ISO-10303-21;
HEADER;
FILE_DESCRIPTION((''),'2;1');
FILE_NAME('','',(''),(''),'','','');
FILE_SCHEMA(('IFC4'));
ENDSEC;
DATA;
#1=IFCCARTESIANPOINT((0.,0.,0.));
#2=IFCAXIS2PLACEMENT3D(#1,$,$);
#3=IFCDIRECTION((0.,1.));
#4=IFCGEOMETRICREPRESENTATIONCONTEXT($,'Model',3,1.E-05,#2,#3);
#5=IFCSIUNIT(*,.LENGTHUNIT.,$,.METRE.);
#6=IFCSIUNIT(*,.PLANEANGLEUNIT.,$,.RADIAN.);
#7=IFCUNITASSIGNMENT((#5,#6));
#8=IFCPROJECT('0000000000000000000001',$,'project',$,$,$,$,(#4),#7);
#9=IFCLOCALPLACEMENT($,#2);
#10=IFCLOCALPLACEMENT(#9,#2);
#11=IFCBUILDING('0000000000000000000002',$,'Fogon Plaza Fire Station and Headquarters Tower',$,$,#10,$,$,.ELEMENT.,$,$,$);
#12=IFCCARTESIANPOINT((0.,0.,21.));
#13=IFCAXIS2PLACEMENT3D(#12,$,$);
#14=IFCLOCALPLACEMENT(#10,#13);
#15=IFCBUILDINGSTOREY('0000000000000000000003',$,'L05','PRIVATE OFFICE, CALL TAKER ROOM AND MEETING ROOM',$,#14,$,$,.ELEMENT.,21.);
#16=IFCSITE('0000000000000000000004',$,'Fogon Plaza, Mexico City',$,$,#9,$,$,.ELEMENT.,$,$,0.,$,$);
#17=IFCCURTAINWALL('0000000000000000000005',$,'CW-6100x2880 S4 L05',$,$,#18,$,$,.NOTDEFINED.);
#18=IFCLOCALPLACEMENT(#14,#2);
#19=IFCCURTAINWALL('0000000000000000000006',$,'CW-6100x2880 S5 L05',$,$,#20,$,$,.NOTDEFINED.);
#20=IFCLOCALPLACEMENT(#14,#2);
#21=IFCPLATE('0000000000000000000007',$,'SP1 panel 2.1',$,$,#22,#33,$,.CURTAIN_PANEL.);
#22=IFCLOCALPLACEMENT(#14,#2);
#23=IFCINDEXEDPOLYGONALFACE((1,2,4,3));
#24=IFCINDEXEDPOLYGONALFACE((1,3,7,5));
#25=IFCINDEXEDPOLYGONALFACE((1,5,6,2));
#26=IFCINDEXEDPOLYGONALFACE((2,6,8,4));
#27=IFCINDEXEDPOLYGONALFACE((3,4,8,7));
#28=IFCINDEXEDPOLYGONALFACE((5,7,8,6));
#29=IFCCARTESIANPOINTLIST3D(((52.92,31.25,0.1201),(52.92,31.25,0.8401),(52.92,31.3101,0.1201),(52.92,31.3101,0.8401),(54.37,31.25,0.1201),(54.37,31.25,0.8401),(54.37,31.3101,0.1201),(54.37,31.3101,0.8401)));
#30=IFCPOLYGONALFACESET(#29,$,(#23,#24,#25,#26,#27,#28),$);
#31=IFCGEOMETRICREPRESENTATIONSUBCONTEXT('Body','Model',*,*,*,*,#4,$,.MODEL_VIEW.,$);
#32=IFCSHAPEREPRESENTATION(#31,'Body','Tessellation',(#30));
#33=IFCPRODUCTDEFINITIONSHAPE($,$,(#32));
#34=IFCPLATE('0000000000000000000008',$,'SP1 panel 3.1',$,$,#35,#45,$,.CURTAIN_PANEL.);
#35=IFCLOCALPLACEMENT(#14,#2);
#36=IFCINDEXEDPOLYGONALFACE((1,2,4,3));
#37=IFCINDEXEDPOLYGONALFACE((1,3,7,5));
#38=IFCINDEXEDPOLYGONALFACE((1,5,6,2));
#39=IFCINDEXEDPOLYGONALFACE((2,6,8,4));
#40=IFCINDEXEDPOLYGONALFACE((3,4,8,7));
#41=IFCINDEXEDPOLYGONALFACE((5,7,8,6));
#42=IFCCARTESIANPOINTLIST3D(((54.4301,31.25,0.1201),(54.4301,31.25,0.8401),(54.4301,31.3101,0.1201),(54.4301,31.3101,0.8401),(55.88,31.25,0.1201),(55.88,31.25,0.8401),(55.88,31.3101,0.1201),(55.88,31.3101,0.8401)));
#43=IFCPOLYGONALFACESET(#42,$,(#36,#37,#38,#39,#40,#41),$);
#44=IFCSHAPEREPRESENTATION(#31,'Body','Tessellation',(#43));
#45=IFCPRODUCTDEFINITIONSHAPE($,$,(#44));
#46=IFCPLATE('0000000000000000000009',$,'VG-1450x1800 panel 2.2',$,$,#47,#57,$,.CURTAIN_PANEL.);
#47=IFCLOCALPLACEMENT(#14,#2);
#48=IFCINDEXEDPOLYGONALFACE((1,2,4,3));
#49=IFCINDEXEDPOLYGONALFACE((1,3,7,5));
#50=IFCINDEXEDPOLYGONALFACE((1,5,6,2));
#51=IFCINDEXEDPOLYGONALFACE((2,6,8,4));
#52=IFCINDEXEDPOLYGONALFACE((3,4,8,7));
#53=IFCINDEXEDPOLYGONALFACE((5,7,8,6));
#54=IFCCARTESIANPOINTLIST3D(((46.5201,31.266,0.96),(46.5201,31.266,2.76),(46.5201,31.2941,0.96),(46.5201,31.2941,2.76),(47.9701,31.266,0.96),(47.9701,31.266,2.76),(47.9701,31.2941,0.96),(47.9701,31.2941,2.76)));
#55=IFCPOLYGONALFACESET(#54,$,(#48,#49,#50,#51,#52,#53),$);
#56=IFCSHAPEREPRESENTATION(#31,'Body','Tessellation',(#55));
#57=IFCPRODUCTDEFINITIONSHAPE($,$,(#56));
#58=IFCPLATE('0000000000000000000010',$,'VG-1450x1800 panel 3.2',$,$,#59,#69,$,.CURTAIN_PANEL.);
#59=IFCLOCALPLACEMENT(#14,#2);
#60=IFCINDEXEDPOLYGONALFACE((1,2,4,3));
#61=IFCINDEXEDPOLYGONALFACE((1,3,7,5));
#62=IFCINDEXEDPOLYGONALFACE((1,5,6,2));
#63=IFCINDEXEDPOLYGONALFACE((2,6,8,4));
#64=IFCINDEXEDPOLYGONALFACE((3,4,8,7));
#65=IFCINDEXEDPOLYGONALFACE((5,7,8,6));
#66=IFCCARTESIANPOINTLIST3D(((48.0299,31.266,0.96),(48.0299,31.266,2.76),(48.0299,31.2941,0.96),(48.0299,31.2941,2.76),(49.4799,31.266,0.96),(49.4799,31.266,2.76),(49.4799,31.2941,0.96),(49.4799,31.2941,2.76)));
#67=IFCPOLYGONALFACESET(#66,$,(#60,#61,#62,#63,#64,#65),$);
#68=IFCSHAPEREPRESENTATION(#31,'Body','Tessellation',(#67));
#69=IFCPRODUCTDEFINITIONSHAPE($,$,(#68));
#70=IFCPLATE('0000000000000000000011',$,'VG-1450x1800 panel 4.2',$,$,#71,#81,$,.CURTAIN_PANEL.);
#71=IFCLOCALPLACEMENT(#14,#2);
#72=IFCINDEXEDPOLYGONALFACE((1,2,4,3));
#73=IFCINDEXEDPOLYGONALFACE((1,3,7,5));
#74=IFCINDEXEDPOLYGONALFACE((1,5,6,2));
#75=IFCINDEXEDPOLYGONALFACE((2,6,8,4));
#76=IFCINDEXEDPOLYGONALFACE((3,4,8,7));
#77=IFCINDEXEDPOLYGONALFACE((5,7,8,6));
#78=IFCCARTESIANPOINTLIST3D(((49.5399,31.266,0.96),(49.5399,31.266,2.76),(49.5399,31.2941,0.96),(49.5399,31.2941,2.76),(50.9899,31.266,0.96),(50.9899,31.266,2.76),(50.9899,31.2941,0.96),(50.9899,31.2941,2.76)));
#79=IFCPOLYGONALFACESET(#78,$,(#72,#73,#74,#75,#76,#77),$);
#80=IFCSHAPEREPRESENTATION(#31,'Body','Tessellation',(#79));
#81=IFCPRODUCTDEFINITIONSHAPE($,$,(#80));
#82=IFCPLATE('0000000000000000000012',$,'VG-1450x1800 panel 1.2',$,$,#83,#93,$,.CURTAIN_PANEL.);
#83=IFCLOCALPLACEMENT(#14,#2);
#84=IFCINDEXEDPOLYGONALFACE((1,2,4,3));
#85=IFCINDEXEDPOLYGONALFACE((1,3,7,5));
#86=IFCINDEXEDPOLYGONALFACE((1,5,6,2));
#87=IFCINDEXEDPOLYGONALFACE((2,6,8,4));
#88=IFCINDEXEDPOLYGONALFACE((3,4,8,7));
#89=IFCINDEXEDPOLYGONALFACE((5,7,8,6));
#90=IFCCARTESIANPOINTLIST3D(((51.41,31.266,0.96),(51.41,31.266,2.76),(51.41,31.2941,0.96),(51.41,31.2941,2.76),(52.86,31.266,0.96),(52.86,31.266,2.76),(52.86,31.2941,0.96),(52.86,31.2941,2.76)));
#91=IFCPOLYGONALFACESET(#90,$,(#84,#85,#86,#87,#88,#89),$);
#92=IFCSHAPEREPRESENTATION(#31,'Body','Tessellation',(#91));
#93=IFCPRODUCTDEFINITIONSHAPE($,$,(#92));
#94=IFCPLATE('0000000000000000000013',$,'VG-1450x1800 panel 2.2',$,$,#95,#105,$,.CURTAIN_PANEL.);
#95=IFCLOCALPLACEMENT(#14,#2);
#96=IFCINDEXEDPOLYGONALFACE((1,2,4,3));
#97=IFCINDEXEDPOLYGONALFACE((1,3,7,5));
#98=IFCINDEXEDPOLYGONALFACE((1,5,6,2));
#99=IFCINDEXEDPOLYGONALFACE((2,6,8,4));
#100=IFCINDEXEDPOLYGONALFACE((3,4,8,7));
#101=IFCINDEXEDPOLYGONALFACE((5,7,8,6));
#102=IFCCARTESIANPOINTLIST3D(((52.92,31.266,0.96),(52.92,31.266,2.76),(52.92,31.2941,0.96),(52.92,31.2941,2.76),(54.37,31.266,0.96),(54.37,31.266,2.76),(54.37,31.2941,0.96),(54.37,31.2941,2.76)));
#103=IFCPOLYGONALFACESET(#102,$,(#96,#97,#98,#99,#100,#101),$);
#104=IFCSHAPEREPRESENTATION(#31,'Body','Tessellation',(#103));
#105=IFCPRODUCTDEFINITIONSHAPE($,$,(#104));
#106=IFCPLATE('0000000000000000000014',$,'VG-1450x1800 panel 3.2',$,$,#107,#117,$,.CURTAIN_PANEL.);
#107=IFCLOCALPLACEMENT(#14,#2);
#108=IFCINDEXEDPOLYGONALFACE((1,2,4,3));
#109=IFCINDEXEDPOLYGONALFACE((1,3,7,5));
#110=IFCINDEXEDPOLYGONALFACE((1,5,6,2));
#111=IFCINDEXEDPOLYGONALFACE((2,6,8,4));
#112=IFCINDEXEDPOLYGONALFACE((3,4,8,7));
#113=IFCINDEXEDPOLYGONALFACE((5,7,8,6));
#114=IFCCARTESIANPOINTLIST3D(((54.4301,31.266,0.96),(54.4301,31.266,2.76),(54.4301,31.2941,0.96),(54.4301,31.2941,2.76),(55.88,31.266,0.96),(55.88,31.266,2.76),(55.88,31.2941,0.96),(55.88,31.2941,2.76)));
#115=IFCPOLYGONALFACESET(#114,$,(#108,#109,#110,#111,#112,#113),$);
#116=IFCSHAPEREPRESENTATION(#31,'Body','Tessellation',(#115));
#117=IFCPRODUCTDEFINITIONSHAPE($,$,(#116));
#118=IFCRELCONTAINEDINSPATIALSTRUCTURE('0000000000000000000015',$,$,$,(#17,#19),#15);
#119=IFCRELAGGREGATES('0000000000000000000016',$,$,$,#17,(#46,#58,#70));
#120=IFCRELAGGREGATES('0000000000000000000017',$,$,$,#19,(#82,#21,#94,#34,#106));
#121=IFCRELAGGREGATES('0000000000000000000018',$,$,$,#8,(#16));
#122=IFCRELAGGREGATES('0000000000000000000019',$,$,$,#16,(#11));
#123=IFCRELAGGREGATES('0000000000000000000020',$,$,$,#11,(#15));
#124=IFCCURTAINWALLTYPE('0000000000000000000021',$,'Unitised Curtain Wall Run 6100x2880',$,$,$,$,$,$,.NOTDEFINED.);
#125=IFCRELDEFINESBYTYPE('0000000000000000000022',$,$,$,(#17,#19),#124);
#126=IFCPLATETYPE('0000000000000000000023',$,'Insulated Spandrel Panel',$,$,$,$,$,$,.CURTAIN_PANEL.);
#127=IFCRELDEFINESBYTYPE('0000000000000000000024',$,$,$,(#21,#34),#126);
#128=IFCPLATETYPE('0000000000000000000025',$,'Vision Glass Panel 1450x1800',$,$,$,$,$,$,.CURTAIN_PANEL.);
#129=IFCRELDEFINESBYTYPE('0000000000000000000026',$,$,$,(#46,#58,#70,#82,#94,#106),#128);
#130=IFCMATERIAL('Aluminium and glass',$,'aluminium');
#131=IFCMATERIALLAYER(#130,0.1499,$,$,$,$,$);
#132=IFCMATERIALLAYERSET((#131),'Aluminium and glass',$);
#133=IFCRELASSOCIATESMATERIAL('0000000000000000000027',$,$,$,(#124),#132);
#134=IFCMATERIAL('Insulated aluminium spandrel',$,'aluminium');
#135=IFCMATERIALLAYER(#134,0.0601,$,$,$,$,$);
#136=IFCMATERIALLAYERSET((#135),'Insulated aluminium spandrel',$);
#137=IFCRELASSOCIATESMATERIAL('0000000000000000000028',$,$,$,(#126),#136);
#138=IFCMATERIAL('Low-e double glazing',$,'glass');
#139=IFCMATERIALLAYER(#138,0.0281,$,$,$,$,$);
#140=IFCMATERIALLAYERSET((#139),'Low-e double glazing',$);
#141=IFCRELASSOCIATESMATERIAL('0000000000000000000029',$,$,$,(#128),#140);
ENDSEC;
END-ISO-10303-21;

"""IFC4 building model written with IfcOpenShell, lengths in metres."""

from ifc_helpers import new_model, si_unit, direction, frame, origin, origin_2d, place, context, subcontext, project, spatial, rectangle, extrude, material, layer, layer_set, type_object, element, aggregate, save


model = new_model("IFC4")

# Units and contexts
model_context = context("Model", 3, precision=1e-05, world=origin(), true_north=direction((0.0, 1.0)))
body_context = subcontext(model_context, "Body", "Model", "MODEL_VIEW")
ifc_project = project(units=[si_unit("LENGTHUNIT", "METRE"), si_unit("PLANEANGLEUNIT", "RADIAN")], contexts=[model_context])

# Site, building, storey
site_placement = place(None, origin())
site = spatial("IfcSite", under=ifc_project, at=site_placement, Name="Fogon Plaza, Mexico City", CompositionType="ELEMENT", RefElevation=0.0)
building_placement = place(site_placement, origin())
building = spatial("IfcBuilding", under=site, at=building_placement, Name="Fogon Plaza Fire Station and Headquarters Tower", CompositionType="ELEMENT")
storey_placement = place(building_placement, frame((0.0, 0.0, 21.0)))
storey = spatial("IfcBuildingStorey", under=building, at=storey_placement, Name="L05", Description="PRIVATE OFFICE, CALL TAKER ROOM AND MEETING ROOM", CompositionType="ELEMENT", Elevation=21.0)

# Curtain walls
ifc_material_1 = material(Name="Aluminium and glass", Category="aluminium")
ifc_layer_1 = layer(ifc_material_1, 0.1499)
ifc_layer_set_1 = layer_set([ifc_layer_1], Name="Aluminium and glass")
curtain_wall_type = type_object("IfcCurtainWallType", Name="Unitised Curtain Wall Run 6100x2880", PredefinedType="NOTDEFINED", material=ifc_layer_set_1)
curtain_wall_1_placement = place(storey_placement, origin())
curtain_wall_1 = element("IfcCurtainWall", 1, at=curtain_wall_1_placement, inside=storey, type_object=curtain_wall_type, Name="CW-6100x2880 S4 L05", PredefinedType="NOTDEFINED")
curtain_wall_2_placement = place(storey_placement, origin())
curtain_wall_2 = element("IfcCurtainWall", 2, at=curtain_wall_2_placement, inside=storey, type_object=curtain_wall_type, Name="CW-6100x2880 S5 L05", PredefinedType="NOTDEFINED")

# Plates
ifc_material_2 = material(Name="Insulated aluminium spandrel", Category="aluminium")
ifc_layer_2 = layer(ifc_material_2, 0.0601)
ifc_layer_set_2 = layer_set([ifc_layer_2], Name="Insulated aluminium spandrel")
plate_type_1 = type_object("IfcPlateType", Name="Insulated Spandrel Panel", PredefinedType="CURTAIN_PANEL", material=ifc_layer_set_2)
plate_1_placement = place(storey_placement, frame((53.645, 31.28, 0.1201), z_axis=(0.0, 0.0, 1.0), x_axis=(1.0, 0.0, 0.0)))
plate_1 = element("IfcPlate", 3, at=plate_1_placement, type_object=plate_type_1, Name="SP1 panel 2.1", PredefinedType="CURTAIN_PANEL", context=body_context, shape_type="SweptSolid", body=[
    extrude(rectangle(XDim=1.45, YDim=0.0601, at=origin_2d()), origin(), (0.0, 0.0, 1.0), 0.72),
])
plate_2_placement = place(storey_placement, frame((55.155, 31.28, 0.1201), z_axis=(0.0, 0.0, 1.0), x_axis=(1.0, 0.0, 0.0)))
plate_2 = element("IfcPlate", 4, at=plate_2_placement, type_object=plate_type_1, Name="SP1 panel 3.1", PredefinedType="CURTAIN_PANEL", context=body_context, shape_type="SweptSolid", body=[
    extrude(rectangle(XDim=1.45, YDim=0.0601, at=origin_2d()), origin(), (0.0, 0.0, 1.0), 0.72),
])
ifc_material_3 = material(Name="Low-e double glazing", Category="glass")
ifc_layer_3 = layer(ifc_material_3, 0.0281)
ifc_layer_set_3 = layer_set([ifc_layer_3], Name="Low-e double glazing")
plate_type_2 = type_object("IfcPlateType", Name="Vision Glass Panel 1450x1800", PredefinedType="CURTAIN_PANEL", material=ifc_layer_set_3)
plate_3_placement = place(storey_placement, frame((47.2451, 31.28, 0.96), z_axis=(0.0, 0.0, 1.0), x_axis=(1.0, 0.0, 0.0)))
plate_3 = element("IfcPlate", 5, at=plate_3_placement, type_object=plate_type_2, Name="VG-1450x1800 panel 2.2", PredefinedType="CURTAIN_PANEL", context=body_context, shape_type="SweptSolid", body=[
    extrude(rectangle(XDim=1.45, YDim=0.0281, at=origin_2d()), origin(), (0.0, 0.0, 1.0), 1.8),
])
plate_4_placement = place(storey_placement, frame((48.7549, 31.28, 0.96), z_axis=(0.0, 0.0, 1.0), x_axis=(1.0, 0.0, 0.0)))
plate_4 = element("IfcPlate", 6, at=plate_4_placement, type_object=plate_type_2, Name="VG-1450x1800 panel 3.2", PredefinedType="CURTAIN_PANEL", context=body_context, shape_type="SweptSolid", body=[
    extrude(rectangle(XDim=1.45, YDim=0.0281, at=origin_2d()), origin(), (0.0, 0.0, 1.0), 1.8),
])
plate_5_placement = place(storey_placement, frame((50.2649, 31.28, 0.96), z_axis=(0.0, 0.0, 1.0), x_axis=(1.0, 0.0, 0.0)))
plate_5 = element("IfcPlate", 7, at=plate_5_placement, type_object=plate_type_2, Name="VG-1450x1800 panel 4.2", PredefinedType="CURTAIN_PANEL", context=body_context, shape_type="SweptSolid", body=[
    extrude(rectangle(XDim=1.45, YDim=0.0281, at=origin_2d()), origin(), (0.0, 0.0, 1.0), 1.8),
])
aggregate(curtain_wall_1, [plate_3, plate_4, plate_5])
plate_6_placement = place(storey_placement, frame((52.135, 31.28, 0.96), z_axis=(0.0, 0.0, 1.0), x_axis=(1.0, 0.0, 0.0)))
plate_6 = element("IfcPlate", 8, at=plate_6_placement, type_object=plate_type_2, Name="VG-1450x1800 panel 1.2", PredefinedType="CURTAIN_PANEL", context=body_context, shape_type="SweptSolid", body=[
    extrude(rectangle(XDim=1.45, YDim=0.0281, at=origin_2d()), origin(), (0.0, 0.0, 1.0), 1.8),
])
plate_7_placement = place(storey_placement, frame((53.645, 31.28, 0.96), z_axis=(0.0, 0.0, 1.0), x_axis=(1.0, 0.0, 0.0)))
plate_7 = element("IfcPlate", 9, at=plate_7_placement, type_object=plate_type_2, Name="VG-1450x1800 panel 2.2", PredefinedType="CURTAIN_PANEL", context=body_context, shape_type="SweptSolid", body=[
    extrude(rectangle(XDim=1.45, YDim=0.0281, at=origin_2d()), origin(), (0.0, 0.0, 1.0), 1.8),
])
plate_8_placement = place(storey_placement, frame((55.155, 31.28, 0.96), z_axis=(0.0, 0.0, 1.0), x_axis=(1.0, 0.0, 0.0)))
plate_8 = element("IfcPlate", 10, at=plate_8_placement, type_object=plate_type_2, Name="VG-1450x1800 panel 3.2", PredefinedType="CURTAIN_PANEL", context=body_context, shape_type="SweptSolid", body=[
    extrude(rectangle(XDim=1.45, YDim=0.0281, at=origin_2d()), origin(), (0.0, 0.0, 1.0), 1.8),
])
aggregate(curtain_wall_2, [plate_6, plate_1, plate_7, plate_2, plate_8])

save(model, "model.ifc")
